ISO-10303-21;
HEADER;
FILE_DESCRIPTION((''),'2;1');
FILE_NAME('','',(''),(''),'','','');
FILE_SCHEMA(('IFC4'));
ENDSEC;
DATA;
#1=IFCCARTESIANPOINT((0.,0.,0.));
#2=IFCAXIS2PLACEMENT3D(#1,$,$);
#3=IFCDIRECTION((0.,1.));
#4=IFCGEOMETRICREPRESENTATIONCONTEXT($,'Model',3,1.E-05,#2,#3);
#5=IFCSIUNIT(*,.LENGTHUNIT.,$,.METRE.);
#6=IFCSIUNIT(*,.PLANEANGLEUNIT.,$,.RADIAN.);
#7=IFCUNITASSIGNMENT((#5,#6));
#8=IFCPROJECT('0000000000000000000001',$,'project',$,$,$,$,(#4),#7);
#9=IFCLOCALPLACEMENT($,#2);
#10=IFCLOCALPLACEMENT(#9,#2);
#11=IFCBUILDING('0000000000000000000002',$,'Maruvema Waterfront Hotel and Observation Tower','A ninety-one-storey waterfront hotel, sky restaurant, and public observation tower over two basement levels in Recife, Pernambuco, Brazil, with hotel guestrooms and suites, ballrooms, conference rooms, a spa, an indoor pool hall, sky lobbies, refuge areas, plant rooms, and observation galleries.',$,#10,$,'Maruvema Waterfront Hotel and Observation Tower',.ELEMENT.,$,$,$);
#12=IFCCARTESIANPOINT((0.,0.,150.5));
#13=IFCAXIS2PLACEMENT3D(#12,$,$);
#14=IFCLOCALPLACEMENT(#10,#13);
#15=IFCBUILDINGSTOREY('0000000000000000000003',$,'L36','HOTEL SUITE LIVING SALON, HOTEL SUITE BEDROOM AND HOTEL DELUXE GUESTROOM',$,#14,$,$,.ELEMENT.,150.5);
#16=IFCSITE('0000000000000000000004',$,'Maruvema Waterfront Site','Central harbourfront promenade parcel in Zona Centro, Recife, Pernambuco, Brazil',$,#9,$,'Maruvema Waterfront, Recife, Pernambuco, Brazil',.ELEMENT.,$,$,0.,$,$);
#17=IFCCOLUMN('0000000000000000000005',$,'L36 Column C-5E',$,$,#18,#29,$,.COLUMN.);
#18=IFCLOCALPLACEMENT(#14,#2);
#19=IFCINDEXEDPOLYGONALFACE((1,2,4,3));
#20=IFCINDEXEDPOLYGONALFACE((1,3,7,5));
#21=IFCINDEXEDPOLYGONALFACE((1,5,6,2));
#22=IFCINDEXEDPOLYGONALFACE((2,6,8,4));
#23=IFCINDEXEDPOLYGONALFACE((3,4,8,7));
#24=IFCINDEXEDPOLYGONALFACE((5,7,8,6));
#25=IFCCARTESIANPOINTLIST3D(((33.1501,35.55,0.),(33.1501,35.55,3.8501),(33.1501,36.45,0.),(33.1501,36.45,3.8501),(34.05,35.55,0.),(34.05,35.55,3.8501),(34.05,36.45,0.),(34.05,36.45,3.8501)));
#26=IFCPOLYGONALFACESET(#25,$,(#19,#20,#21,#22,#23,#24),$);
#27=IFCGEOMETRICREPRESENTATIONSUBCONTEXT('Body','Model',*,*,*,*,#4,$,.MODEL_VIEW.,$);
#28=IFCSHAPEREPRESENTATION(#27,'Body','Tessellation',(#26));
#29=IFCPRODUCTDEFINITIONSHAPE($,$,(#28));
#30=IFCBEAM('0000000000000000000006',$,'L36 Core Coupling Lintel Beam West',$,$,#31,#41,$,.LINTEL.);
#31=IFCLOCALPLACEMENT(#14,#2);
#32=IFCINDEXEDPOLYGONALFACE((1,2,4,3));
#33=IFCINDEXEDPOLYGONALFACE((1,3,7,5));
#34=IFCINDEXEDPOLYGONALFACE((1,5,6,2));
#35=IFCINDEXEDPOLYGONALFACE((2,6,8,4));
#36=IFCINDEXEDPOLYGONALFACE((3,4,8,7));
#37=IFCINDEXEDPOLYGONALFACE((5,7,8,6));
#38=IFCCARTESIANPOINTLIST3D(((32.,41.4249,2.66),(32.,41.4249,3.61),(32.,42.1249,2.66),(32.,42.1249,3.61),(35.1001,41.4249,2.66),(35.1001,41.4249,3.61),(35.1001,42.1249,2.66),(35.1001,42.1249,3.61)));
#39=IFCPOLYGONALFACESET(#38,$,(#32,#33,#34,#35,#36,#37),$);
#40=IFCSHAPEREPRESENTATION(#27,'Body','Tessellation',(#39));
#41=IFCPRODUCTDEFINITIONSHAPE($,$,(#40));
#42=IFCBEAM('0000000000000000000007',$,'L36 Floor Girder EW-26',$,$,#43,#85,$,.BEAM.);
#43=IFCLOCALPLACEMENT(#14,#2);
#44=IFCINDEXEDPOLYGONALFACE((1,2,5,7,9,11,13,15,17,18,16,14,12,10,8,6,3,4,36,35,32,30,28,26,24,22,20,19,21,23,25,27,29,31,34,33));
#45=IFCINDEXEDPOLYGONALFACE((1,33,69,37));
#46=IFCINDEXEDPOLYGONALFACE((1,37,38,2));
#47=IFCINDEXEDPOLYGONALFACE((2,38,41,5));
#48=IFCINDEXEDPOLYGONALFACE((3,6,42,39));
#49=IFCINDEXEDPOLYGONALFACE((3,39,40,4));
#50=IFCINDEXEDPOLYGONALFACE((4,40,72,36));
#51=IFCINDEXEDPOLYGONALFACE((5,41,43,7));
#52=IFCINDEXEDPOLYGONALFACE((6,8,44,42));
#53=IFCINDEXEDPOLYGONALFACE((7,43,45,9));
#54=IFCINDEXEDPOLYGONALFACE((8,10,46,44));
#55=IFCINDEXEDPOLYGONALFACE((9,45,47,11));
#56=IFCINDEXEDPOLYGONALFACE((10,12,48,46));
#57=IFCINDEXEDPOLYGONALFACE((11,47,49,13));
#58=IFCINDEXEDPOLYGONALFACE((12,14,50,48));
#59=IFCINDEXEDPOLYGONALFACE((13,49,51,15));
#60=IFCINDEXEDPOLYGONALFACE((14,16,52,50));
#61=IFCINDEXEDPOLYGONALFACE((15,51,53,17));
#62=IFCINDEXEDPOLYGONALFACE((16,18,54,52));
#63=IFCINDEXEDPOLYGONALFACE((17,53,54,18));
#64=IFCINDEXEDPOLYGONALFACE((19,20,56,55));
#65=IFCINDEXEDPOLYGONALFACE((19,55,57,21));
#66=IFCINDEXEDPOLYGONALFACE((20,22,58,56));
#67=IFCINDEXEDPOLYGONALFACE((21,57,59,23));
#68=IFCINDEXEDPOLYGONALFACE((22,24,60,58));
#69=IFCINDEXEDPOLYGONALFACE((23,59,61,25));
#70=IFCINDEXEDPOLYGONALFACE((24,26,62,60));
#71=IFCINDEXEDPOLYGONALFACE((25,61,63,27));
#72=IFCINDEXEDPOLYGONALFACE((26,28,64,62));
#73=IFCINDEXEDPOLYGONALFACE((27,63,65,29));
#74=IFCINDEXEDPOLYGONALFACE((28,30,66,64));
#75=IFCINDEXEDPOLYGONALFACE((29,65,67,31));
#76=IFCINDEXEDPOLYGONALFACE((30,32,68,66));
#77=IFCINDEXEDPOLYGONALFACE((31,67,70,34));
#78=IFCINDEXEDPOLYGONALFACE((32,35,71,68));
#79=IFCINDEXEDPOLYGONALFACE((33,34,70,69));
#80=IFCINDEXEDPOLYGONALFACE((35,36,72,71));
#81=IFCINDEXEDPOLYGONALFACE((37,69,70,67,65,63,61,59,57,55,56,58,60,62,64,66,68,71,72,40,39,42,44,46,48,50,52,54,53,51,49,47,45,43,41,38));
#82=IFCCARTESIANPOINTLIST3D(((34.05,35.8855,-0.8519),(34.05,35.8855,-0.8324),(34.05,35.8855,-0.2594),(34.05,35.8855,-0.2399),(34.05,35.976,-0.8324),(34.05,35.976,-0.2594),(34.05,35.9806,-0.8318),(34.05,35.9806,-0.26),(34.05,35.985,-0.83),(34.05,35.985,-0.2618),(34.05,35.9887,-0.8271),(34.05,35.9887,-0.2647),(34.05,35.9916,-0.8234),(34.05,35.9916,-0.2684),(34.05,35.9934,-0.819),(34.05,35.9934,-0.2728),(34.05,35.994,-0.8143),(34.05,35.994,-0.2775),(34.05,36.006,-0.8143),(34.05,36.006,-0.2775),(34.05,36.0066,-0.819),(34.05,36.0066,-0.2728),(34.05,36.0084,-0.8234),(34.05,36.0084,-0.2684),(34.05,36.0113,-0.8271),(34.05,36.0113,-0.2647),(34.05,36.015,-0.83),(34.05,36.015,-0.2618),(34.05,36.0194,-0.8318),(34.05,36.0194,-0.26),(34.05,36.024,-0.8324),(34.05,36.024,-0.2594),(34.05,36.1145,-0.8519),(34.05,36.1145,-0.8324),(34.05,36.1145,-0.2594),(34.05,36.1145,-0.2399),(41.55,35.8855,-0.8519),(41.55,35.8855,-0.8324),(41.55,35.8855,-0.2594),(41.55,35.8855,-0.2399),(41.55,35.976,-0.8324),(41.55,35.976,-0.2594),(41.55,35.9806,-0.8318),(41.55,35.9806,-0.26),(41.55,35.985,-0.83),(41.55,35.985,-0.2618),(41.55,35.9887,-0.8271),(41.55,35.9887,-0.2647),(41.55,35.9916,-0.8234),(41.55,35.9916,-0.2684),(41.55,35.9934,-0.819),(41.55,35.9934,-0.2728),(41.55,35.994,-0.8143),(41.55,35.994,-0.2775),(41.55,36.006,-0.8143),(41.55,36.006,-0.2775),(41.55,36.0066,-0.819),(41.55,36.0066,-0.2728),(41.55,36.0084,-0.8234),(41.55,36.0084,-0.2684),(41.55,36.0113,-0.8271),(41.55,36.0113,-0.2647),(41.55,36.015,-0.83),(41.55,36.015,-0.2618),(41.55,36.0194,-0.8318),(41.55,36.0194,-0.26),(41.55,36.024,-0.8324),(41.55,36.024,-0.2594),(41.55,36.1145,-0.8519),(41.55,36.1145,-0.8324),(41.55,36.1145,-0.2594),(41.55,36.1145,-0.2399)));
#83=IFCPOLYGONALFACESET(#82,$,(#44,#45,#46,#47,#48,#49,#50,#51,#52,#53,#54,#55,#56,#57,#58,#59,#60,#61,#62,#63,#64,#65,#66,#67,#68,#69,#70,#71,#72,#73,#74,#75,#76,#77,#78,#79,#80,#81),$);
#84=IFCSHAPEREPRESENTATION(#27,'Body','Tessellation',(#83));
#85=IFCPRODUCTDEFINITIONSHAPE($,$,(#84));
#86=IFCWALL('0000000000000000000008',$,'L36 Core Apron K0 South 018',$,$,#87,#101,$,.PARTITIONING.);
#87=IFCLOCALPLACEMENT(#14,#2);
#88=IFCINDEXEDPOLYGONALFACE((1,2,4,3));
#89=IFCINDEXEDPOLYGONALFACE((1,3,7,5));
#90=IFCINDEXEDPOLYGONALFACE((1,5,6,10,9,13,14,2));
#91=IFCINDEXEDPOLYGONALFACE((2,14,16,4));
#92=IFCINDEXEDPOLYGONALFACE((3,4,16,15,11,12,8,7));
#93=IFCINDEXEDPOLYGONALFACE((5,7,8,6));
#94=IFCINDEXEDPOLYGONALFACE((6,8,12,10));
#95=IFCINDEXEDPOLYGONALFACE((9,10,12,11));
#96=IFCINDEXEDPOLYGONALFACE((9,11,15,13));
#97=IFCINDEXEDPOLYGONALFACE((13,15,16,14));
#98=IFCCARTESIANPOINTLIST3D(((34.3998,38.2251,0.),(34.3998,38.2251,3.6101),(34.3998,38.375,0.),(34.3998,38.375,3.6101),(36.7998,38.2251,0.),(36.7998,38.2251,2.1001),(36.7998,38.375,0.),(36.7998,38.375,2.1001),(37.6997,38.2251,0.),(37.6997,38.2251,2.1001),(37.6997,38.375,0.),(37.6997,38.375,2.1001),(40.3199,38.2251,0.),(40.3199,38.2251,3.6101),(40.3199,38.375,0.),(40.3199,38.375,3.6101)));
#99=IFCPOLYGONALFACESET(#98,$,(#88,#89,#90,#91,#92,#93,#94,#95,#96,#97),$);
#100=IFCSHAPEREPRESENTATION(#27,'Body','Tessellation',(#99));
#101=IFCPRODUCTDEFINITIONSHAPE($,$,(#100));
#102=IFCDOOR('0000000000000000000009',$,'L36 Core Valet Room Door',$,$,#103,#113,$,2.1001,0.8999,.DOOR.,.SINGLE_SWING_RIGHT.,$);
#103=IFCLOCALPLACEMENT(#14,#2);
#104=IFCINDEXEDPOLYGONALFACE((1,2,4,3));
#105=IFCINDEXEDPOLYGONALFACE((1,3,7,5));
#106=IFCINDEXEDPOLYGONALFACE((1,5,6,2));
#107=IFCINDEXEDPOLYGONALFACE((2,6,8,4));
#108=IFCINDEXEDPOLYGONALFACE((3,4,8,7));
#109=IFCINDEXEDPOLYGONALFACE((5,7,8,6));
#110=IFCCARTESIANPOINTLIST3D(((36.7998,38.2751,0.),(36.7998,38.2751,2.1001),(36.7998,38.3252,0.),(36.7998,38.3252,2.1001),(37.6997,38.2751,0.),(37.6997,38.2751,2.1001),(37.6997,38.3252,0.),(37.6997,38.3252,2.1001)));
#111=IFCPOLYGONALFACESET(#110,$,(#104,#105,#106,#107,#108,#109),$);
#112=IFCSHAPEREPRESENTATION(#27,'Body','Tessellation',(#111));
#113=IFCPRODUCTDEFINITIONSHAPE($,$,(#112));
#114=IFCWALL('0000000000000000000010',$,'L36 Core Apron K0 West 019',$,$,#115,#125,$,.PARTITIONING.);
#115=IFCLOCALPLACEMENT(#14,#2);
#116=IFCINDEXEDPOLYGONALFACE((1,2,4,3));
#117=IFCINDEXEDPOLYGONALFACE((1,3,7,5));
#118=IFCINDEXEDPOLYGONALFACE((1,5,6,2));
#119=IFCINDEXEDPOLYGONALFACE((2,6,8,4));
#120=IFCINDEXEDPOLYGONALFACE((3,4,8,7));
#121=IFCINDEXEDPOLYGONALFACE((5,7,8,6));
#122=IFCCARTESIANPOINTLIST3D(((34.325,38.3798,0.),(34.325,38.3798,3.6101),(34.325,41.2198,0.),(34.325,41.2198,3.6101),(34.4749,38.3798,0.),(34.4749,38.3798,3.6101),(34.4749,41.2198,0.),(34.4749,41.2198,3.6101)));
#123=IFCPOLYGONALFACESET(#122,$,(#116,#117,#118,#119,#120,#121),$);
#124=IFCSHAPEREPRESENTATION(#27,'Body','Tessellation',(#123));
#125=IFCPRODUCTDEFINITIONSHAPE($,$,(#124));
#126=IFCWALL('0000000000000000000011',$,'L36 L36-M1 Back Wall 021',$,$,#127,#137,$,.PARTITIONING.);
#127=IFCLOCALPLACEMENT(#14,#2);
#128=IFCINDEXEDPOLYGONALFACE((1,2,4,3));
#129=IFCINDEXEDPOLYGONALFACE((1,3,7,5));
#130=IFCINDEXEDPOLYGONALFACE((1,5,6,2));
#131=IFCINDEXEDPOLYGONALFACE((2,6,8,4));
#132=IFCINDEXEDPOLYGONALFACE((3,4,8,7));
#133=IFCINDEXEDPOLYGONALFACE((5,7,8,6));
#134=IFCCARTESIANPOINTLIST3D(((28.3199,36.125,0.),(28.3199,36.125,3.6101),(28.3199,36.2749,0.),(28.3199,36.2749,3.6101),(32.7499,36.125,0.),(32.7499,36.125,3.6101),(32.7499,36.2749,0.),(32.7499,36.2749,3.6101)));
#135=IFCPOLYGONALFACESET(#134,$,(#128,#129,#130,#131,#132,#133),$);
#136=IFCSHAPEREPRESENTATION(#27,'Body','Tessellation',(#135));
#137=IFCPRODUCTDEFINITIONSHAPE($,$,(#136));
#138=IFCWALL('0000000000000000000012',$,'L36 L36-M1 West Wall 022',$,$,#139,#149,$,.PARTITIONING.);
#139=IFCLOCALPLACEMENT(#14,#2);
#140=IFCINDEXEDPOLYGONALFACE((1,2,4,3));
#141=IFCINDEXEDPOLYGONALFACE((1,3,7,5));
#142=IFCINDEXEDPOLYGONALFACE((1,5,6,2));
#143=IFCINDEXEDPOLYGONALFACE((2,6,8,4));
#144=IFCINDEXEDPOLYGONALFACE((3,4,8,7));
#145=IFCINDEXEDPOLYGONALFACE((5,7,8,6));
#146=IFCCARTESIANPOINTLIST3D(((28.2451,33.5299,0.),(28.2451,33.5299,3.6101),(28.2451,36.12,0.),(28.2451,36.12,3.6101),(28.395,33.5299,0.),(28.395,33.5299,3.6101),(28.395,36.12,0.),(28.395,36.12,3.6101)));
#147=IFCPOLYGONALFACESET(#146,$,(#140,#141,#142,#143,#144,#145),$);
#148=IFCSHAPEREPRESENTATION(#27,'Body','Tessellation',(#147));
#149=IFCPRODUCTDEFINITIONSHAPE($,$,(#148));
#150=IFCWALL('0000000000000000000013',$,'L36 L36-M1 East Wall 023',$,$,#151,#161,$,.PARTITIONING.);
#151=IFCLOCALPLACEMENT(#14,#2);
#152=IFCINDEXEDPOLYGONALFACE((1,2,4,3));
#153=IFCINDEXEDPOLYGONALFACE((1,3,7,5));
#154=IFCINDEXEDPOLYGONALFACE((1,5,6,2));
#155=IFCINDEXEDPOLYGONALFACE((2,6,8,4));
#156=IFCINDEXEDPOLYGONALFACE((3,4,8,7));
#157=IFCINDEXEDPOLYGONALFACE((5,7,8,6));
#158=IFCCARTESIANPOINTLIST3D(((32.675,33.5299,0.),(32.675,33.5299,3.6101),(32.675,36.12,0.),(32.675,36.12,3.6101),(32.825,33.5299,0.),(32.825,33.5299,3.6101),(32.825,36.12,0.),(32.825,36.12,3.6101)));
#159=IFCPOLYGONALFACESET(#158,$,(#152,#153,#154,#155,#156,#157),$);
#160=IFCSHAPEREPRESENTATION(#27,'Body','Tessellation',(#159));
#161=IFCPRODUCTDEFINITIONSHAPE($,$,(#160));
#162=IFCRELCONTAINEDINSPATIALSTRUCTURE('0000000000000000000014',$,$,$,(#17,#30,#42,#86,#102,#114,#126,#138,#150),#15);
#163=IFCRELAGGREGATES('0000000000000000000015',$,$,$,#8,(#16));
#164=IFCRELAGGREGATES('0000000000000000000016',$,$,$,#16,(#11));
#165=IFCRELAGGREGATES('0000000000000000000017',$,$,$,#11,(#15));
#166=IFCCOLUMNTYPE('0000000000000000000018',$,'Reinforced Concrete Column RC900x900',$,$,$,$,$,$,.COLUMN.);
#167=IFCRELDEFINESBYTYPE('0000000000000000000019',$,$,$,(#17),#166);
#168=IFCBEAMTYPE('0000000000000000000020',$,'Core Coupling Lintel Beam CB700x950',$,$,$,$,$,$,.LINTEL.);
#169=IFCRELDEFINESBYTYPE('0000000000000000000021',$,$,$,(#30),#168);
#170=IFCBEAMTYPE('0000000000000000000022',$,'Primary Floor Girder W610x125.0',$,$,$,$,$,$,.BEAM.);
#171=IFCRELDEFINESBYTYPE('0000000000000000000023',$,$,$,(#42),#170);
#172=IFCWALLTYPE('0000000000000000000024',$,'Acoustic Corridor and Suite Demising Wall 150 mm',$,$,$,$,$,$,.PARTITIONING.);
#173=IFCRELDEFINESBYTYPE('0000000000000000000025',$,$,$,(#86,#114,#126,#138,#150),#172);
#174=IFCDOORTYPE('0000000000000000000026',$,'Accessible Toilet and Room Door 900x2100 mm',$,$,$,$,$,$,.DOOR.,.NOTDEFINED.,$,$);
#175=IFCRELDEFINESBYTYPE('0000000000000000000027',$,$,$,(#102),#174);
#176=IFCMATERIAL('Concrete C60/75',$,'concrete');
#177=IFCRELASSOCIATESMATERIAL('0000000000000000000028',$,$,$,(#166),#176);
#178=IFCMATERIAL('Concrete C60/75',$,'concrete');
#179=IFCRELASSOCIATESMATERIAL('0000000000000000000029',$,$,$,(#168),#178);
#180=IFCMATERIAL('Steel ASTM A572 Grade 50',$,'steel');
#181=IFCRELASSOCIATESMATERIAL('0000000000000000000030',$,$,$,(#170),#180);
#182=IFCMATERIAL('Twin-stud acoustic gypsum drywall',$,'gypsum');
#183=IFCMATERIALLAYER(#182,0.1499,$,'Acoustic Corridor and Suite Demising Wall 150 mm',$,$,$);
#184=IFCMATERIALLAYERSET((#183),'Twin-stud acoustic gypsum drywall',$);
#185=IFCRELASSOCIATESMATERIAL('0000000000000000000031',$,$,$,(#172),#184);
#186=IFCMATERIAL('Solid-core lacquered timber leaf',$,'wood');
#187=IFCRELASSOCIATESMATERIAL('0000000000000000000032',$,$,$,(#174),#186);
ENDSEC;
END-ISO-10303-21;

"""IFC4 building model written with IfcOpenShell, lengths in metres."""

from ifc_helpers import new_model, si_unit, direction, frame, frame_2d, origin, origin_2d, place, context, subcontext, project, spatial, rectangle, i_section, extrude, material, layer, layer_set, material_profile, profile_set, type_object, element, fill, save


model = new_model("IFC4")

# Units and contexts
model_context = context("Model", 3, precision=1e-05, world=origin(), true_north=direction((0.0, 1.0)))
body_context = subcontext(model_context, "Body", "Model", "MODEL_VIEW")
ifc_project = project(units=[si_unit("LENGTHUNIT", "METRE"), si_unit("PLANEANGLEUNIT", "RADIAN")], contexts=[model_context])

# Site, building, storey
site_placement = place(None, origin())
site = spatial("IfcSite", under=ifc_project, at=site_placement, Name="Maruvema Waterfront Site", Description="Central harbourfront promenade parcel in Zona Centro, Recife, Pernambuco, Brazil", LongName="Maruvema Waterfront, Recife, Pernambuco, Brazil", CompositionType="ELEMENT", RefElevation=0.0)
building_placement = place(site_placement, origin())
building = spatial("IfcBuilding", under=site, at=building_placement, Name="Maruvema Waterfront Hotel and Observation Tower", Description="A ninety-one-storey waterfront hotel, sky restaurant, and public observation tower over two basement levels in Recife, Pernambuco, Brazil, with hotel guestrooms and suites, ballrooms, conference rooms, a spa, an indoor pool hall, sky lobbies, refuge areas, plant rooms, and observation galleries.", LongName="Maruvema Waterfront Hotel and Observation Tower", CompositionType="ELEMENT")
storey_placement = place(building_placement, frame((0.0, 0.0, 150.5)))
storey = spatial("IfcBuildingStorey", under=building, at=storey_placement, Name="L36", Description="HOTEL SUITE LIVING SALON, HOTEL SUITE BEDROOM AND HOTEL DELUXE GUESTROOM", CompositionType="ELEMENT", Elevation=150.5)

# Column
ifc_material_1 = material(Name="Concrete C60/75", Category="concrete")
ifc_material_profile_1 = material_profile(ifc_material_1, rectangle(XDim=0.8999, YDim=0.8999, at=origin_2d()), Name="RC900x900")
ifc_profile_set_1 = profile_set([ifc_material_profile_1], Name="Concrete C60/75")
column_type = type_object("IfcColumnType", Name="Reinforced Concrete Column RC900x900", PredefinedType="COLUMN", material=ifc_profile_set_1)
column_placement = place(storey_placement, frame((33.6001, 36.0, 0.0), z_axis=(0.0, 0.0, 1.0), x_axis=(1.0, 0.0, 0.0)))
element("IfcColumn", 1, at=column_placement, inside=storey, type_object=column_type, Name="L36 Column C-5E", PredefinedType="COLUMN", context=body_context, shape_type="SweptSolid", body=[
    extrude(rectangle(XDim=0.8999, YDim=0.8999, at=origin_2d()), origin(), (0.0, 0.0, 1.0), 3.8501),
])

# Beams
ifc_material_2 = material(Name="Concrete C60/75", Category="concrete")
ifc_material_profile_2 = material_profile(ifc_material_2, rectangle(XDim=0.7, YDim=0.95, at=origin_2d()), Name="CB700x950")
ifc_profile_set_2 = profile_set([ifc_material_profile_2], Name="Concrete C60/75")
beam_type_1 = type_object("IfcBeamType", Name="Core Coupling Lintel Beam CB700x950", PredefinedType="LINTEL", material=ifc_profile_set_2)
beam_1_placement = place(storey_placement, frame((32.0, 41.7749, 3.135), z_axis=(1.0, 0.0, 0.0), x_axis=(0.0, 1.0, 0.0)))
element("IfcBeam", 2, at=beam_1_placement, inside=storey, type_object=beam_type_1, Name="L36 Core Coupling Lintel Beam West", PredefinedType="LINTEL", context=body_context, shape_type="SweptSolid", body=[
    extrude(rectangle(XDim=0.7, YDim=0.95, at=origin_2d()), origin(), (0.0, 0.0, 1.0), 3.1001),
])
ifc_material_3 = material(Name="Steel ASTM A572 Grade 50", Category="steel")
ifc_material_profile_3 = material_profile(ifc_material_3, i_section(OverallWidth=0.229, OverallDepth=0.6121, WebThickness=0.012, FlangeThickness=0.0195, FilletRadius=0.0181, at=origin_2d()), Name="W610x125.0")
ifc_profile_set_3 = profile_set([ifc_material_profile_3], Name="Steel ASTM A572 Grade 50")
beam_type_2 = type_object("IfcBeamType", Name="Primary Floor Girder W610x125.0", PredefinedType="BEAM", material=ifc_profile_set_3)
beam_2_placement = place(storey_placement, frame((34.05, 36.0, -0.5459), z_axis=(1.0, 0.0, 0.0), x_axis=(0.0, 1.0, 0.0)))
element("IfcBeam", 3, at=beam_2_placement, inside=storey, type_object=beam_type_2, Name="L36 Floor Girder EW-26", PredefinedType="BEAM", context=body_context, shape_type="SweptSolid", body=[
    extrude(i_section(OverallWidth=0.229, OverallDepth=0.6121, WebThickness=0.012, FlangeThickness=0.0195, FilletRadius=0.0181, at=origin_2d()), origin(), (0.0, 0.0, 1.0), 7.5),
])

# Wall, opening, door
ifc_material_4 = material(Name="Twin-stud acoustic gypsum drywall", Category="gypsum")
ifc_layer_1 = layer(ifc_material_4, 0.1499, Name="Acoustic Corridor and Suite Demising Wall 150 mm")
ifc_layer_set_1 = layer_set([ifc_layer_1], Name="Twin-stud acoustic gypsum drywall")
wall_type_1 = type_object("IfcWallType", Name="Acoustic Corridor and Suite Demising Wall 150 mm", PredefinedType="PARTITIONING", material=ifc_layer_set_1)
wall_1_placement = place(storey_placement, frame((34.3999, 38.3, 0.0), z_axis=(0.0, 0.0, 1.0), x_axis=(1.0, 0.0, 0.0)))
wall_1 = element("IfcWall", 4, at=wall_1_placement, inside=storey, type_object=wall_type_1, Name="L36 Core Apron K0 South 018", PredefinedType="PARTITIONING", context=body_context, shape_type="SweptSolid", body=[
    extrude(rectangle(XDim=5.9202, YDim=0.1499, at=frame_2d((2.96, 0.0))), origin(), (0.0, 0.0, 1.0), 3.6101),
])
opening_1_placement = place(wall_1_placement, frame((2.3999, 0.0, 0.0)))
opening_1 = element("IfcOpeningElement", 5, at=opening_1_placement, cuts=wall_1, PredefinedType="OPENING", context=body_context, shape_type="SweptSolid", body=[
    extrude(rectangle(XDim=0.8999, YDim=2.1001, at=frame_2d((0.45, 1.05))), frame((0.0, 0.085, 0.0), z_axis=(0.0, -1.0, 0.0), x_axis=(1.0, 0.0, 0.0)), (0.0, 0.0, 1.0), 0.1699),
])
ifc_material_5 = material(Name="Solid-core lacquered timber leaf", Category="wood")
door_type_1 = type_object("IfcDoorType", Name="Accessible Toilet and Room Door 900x2100 mm", OperationType="NOTDEFINED", PredefinedType="DOOR", material=ifc_material_5)
door_1_placement = place(opening_1_placement, frame((0.8999, 0.0, 0.0), z_axis=(0.0, 0.0, 1.0), x_axis=(-1.0, 0.0, 0.0)))
door_1 = element("IfcDoor", 6, at=door_1_placement, inside=storey, type_object=door_type_1, Name="L36 Core Valet Room Door", OperationType="SINGLE_SWING_RIGHT", OverallHeight=2.1001, OverallWidth=0.8999, PredefinedType="DOOR", context=body_context, shape_type="SweptSolid", body=[
    extrude(rectangle(XDim=0.8999, YDim=2.1001, at=frame_2d((0.45, 1.05))), frame((0.0, 0.0249, 0.0), z_axis=(0.0, -1.0, 0.0), x_axis=(1.0, 0.0, 0.0)), (0.0, 0.0, 1.0), 0.05),
])
fill(opening_1, door_1)

# Walls
wall_2_placement = place(storey_placement, frame((34.3999, 38.3799, 0.0), z_axis=(0.0, 0.0, 1.0), x_axis=(0.0, 1.0, 0.0)))
element("IfcWall", 7, at=wall_2_placement, inside=storey, type_object=wall_type_1, Name="L36 Core Apron K0 West 019", PredefinedType="PARTITIONING", context=body_context, shape_type="SweptSolid", body=[
    extrude(rectangle(XDim=2.8401, YDim=0.1499, at=frame_2d((1.4199, 0.0))), origin(), (0.0, 0.0, 1.0), 3.6101),
])
wall_3_placement = place(storey_placement, frame((28.3201, 36.2, 0.0), z_axis=(0.0, 0.0, 1.0), x_axis=(1.0, 0.0, 0.0)))
element("IfcWall", 8, at=wall_3_placement, inside=storey, type_object=wall_type_1, Name="L36 L36-M1 Back Wall 021", PredefinedType="PARTITIONING", context=body_context, shape_type="SweptSolid", body=[
    extrude(rectangle(XDim=4.4299, YDim=0.1499, at=frame_2d((2.2148, 0.0))), origin(), (0.0, 0.0, 1.0), 3.6101),
])
for number, where, z_axis, x_axis, name in (
    (9, (28.3201, 33.53, 0.0), (0.0, 0.0, 1.0), (0.0, 1.0, 0.0), "L36 L36-M1 West Wall 022"),
    (10, (32.75, 33.53, 0.0), (0.0, 0.0, 1.0), (0.0, 1.0, 0.0), "L36 L36-M1 East Wall 023"),
):
    element("IfcWall", number, at=place(storey_placement, frame(where, z_axis=z_axis, x_axis=x_axis)), inside=storey, type_object=wall_type_1, Name=name, PredefinedType="PARTITIONING", context=body_context, shape_type="SweptSolid", body=[
        extrude(rectangle(XDim=2.5901, YDim=0.1499, at=frame_2d((1.2949, 0.0))), origin(), (0.0, 0.0, 1.0), 3.6101),
    ])

save(model, "model.ifc")
